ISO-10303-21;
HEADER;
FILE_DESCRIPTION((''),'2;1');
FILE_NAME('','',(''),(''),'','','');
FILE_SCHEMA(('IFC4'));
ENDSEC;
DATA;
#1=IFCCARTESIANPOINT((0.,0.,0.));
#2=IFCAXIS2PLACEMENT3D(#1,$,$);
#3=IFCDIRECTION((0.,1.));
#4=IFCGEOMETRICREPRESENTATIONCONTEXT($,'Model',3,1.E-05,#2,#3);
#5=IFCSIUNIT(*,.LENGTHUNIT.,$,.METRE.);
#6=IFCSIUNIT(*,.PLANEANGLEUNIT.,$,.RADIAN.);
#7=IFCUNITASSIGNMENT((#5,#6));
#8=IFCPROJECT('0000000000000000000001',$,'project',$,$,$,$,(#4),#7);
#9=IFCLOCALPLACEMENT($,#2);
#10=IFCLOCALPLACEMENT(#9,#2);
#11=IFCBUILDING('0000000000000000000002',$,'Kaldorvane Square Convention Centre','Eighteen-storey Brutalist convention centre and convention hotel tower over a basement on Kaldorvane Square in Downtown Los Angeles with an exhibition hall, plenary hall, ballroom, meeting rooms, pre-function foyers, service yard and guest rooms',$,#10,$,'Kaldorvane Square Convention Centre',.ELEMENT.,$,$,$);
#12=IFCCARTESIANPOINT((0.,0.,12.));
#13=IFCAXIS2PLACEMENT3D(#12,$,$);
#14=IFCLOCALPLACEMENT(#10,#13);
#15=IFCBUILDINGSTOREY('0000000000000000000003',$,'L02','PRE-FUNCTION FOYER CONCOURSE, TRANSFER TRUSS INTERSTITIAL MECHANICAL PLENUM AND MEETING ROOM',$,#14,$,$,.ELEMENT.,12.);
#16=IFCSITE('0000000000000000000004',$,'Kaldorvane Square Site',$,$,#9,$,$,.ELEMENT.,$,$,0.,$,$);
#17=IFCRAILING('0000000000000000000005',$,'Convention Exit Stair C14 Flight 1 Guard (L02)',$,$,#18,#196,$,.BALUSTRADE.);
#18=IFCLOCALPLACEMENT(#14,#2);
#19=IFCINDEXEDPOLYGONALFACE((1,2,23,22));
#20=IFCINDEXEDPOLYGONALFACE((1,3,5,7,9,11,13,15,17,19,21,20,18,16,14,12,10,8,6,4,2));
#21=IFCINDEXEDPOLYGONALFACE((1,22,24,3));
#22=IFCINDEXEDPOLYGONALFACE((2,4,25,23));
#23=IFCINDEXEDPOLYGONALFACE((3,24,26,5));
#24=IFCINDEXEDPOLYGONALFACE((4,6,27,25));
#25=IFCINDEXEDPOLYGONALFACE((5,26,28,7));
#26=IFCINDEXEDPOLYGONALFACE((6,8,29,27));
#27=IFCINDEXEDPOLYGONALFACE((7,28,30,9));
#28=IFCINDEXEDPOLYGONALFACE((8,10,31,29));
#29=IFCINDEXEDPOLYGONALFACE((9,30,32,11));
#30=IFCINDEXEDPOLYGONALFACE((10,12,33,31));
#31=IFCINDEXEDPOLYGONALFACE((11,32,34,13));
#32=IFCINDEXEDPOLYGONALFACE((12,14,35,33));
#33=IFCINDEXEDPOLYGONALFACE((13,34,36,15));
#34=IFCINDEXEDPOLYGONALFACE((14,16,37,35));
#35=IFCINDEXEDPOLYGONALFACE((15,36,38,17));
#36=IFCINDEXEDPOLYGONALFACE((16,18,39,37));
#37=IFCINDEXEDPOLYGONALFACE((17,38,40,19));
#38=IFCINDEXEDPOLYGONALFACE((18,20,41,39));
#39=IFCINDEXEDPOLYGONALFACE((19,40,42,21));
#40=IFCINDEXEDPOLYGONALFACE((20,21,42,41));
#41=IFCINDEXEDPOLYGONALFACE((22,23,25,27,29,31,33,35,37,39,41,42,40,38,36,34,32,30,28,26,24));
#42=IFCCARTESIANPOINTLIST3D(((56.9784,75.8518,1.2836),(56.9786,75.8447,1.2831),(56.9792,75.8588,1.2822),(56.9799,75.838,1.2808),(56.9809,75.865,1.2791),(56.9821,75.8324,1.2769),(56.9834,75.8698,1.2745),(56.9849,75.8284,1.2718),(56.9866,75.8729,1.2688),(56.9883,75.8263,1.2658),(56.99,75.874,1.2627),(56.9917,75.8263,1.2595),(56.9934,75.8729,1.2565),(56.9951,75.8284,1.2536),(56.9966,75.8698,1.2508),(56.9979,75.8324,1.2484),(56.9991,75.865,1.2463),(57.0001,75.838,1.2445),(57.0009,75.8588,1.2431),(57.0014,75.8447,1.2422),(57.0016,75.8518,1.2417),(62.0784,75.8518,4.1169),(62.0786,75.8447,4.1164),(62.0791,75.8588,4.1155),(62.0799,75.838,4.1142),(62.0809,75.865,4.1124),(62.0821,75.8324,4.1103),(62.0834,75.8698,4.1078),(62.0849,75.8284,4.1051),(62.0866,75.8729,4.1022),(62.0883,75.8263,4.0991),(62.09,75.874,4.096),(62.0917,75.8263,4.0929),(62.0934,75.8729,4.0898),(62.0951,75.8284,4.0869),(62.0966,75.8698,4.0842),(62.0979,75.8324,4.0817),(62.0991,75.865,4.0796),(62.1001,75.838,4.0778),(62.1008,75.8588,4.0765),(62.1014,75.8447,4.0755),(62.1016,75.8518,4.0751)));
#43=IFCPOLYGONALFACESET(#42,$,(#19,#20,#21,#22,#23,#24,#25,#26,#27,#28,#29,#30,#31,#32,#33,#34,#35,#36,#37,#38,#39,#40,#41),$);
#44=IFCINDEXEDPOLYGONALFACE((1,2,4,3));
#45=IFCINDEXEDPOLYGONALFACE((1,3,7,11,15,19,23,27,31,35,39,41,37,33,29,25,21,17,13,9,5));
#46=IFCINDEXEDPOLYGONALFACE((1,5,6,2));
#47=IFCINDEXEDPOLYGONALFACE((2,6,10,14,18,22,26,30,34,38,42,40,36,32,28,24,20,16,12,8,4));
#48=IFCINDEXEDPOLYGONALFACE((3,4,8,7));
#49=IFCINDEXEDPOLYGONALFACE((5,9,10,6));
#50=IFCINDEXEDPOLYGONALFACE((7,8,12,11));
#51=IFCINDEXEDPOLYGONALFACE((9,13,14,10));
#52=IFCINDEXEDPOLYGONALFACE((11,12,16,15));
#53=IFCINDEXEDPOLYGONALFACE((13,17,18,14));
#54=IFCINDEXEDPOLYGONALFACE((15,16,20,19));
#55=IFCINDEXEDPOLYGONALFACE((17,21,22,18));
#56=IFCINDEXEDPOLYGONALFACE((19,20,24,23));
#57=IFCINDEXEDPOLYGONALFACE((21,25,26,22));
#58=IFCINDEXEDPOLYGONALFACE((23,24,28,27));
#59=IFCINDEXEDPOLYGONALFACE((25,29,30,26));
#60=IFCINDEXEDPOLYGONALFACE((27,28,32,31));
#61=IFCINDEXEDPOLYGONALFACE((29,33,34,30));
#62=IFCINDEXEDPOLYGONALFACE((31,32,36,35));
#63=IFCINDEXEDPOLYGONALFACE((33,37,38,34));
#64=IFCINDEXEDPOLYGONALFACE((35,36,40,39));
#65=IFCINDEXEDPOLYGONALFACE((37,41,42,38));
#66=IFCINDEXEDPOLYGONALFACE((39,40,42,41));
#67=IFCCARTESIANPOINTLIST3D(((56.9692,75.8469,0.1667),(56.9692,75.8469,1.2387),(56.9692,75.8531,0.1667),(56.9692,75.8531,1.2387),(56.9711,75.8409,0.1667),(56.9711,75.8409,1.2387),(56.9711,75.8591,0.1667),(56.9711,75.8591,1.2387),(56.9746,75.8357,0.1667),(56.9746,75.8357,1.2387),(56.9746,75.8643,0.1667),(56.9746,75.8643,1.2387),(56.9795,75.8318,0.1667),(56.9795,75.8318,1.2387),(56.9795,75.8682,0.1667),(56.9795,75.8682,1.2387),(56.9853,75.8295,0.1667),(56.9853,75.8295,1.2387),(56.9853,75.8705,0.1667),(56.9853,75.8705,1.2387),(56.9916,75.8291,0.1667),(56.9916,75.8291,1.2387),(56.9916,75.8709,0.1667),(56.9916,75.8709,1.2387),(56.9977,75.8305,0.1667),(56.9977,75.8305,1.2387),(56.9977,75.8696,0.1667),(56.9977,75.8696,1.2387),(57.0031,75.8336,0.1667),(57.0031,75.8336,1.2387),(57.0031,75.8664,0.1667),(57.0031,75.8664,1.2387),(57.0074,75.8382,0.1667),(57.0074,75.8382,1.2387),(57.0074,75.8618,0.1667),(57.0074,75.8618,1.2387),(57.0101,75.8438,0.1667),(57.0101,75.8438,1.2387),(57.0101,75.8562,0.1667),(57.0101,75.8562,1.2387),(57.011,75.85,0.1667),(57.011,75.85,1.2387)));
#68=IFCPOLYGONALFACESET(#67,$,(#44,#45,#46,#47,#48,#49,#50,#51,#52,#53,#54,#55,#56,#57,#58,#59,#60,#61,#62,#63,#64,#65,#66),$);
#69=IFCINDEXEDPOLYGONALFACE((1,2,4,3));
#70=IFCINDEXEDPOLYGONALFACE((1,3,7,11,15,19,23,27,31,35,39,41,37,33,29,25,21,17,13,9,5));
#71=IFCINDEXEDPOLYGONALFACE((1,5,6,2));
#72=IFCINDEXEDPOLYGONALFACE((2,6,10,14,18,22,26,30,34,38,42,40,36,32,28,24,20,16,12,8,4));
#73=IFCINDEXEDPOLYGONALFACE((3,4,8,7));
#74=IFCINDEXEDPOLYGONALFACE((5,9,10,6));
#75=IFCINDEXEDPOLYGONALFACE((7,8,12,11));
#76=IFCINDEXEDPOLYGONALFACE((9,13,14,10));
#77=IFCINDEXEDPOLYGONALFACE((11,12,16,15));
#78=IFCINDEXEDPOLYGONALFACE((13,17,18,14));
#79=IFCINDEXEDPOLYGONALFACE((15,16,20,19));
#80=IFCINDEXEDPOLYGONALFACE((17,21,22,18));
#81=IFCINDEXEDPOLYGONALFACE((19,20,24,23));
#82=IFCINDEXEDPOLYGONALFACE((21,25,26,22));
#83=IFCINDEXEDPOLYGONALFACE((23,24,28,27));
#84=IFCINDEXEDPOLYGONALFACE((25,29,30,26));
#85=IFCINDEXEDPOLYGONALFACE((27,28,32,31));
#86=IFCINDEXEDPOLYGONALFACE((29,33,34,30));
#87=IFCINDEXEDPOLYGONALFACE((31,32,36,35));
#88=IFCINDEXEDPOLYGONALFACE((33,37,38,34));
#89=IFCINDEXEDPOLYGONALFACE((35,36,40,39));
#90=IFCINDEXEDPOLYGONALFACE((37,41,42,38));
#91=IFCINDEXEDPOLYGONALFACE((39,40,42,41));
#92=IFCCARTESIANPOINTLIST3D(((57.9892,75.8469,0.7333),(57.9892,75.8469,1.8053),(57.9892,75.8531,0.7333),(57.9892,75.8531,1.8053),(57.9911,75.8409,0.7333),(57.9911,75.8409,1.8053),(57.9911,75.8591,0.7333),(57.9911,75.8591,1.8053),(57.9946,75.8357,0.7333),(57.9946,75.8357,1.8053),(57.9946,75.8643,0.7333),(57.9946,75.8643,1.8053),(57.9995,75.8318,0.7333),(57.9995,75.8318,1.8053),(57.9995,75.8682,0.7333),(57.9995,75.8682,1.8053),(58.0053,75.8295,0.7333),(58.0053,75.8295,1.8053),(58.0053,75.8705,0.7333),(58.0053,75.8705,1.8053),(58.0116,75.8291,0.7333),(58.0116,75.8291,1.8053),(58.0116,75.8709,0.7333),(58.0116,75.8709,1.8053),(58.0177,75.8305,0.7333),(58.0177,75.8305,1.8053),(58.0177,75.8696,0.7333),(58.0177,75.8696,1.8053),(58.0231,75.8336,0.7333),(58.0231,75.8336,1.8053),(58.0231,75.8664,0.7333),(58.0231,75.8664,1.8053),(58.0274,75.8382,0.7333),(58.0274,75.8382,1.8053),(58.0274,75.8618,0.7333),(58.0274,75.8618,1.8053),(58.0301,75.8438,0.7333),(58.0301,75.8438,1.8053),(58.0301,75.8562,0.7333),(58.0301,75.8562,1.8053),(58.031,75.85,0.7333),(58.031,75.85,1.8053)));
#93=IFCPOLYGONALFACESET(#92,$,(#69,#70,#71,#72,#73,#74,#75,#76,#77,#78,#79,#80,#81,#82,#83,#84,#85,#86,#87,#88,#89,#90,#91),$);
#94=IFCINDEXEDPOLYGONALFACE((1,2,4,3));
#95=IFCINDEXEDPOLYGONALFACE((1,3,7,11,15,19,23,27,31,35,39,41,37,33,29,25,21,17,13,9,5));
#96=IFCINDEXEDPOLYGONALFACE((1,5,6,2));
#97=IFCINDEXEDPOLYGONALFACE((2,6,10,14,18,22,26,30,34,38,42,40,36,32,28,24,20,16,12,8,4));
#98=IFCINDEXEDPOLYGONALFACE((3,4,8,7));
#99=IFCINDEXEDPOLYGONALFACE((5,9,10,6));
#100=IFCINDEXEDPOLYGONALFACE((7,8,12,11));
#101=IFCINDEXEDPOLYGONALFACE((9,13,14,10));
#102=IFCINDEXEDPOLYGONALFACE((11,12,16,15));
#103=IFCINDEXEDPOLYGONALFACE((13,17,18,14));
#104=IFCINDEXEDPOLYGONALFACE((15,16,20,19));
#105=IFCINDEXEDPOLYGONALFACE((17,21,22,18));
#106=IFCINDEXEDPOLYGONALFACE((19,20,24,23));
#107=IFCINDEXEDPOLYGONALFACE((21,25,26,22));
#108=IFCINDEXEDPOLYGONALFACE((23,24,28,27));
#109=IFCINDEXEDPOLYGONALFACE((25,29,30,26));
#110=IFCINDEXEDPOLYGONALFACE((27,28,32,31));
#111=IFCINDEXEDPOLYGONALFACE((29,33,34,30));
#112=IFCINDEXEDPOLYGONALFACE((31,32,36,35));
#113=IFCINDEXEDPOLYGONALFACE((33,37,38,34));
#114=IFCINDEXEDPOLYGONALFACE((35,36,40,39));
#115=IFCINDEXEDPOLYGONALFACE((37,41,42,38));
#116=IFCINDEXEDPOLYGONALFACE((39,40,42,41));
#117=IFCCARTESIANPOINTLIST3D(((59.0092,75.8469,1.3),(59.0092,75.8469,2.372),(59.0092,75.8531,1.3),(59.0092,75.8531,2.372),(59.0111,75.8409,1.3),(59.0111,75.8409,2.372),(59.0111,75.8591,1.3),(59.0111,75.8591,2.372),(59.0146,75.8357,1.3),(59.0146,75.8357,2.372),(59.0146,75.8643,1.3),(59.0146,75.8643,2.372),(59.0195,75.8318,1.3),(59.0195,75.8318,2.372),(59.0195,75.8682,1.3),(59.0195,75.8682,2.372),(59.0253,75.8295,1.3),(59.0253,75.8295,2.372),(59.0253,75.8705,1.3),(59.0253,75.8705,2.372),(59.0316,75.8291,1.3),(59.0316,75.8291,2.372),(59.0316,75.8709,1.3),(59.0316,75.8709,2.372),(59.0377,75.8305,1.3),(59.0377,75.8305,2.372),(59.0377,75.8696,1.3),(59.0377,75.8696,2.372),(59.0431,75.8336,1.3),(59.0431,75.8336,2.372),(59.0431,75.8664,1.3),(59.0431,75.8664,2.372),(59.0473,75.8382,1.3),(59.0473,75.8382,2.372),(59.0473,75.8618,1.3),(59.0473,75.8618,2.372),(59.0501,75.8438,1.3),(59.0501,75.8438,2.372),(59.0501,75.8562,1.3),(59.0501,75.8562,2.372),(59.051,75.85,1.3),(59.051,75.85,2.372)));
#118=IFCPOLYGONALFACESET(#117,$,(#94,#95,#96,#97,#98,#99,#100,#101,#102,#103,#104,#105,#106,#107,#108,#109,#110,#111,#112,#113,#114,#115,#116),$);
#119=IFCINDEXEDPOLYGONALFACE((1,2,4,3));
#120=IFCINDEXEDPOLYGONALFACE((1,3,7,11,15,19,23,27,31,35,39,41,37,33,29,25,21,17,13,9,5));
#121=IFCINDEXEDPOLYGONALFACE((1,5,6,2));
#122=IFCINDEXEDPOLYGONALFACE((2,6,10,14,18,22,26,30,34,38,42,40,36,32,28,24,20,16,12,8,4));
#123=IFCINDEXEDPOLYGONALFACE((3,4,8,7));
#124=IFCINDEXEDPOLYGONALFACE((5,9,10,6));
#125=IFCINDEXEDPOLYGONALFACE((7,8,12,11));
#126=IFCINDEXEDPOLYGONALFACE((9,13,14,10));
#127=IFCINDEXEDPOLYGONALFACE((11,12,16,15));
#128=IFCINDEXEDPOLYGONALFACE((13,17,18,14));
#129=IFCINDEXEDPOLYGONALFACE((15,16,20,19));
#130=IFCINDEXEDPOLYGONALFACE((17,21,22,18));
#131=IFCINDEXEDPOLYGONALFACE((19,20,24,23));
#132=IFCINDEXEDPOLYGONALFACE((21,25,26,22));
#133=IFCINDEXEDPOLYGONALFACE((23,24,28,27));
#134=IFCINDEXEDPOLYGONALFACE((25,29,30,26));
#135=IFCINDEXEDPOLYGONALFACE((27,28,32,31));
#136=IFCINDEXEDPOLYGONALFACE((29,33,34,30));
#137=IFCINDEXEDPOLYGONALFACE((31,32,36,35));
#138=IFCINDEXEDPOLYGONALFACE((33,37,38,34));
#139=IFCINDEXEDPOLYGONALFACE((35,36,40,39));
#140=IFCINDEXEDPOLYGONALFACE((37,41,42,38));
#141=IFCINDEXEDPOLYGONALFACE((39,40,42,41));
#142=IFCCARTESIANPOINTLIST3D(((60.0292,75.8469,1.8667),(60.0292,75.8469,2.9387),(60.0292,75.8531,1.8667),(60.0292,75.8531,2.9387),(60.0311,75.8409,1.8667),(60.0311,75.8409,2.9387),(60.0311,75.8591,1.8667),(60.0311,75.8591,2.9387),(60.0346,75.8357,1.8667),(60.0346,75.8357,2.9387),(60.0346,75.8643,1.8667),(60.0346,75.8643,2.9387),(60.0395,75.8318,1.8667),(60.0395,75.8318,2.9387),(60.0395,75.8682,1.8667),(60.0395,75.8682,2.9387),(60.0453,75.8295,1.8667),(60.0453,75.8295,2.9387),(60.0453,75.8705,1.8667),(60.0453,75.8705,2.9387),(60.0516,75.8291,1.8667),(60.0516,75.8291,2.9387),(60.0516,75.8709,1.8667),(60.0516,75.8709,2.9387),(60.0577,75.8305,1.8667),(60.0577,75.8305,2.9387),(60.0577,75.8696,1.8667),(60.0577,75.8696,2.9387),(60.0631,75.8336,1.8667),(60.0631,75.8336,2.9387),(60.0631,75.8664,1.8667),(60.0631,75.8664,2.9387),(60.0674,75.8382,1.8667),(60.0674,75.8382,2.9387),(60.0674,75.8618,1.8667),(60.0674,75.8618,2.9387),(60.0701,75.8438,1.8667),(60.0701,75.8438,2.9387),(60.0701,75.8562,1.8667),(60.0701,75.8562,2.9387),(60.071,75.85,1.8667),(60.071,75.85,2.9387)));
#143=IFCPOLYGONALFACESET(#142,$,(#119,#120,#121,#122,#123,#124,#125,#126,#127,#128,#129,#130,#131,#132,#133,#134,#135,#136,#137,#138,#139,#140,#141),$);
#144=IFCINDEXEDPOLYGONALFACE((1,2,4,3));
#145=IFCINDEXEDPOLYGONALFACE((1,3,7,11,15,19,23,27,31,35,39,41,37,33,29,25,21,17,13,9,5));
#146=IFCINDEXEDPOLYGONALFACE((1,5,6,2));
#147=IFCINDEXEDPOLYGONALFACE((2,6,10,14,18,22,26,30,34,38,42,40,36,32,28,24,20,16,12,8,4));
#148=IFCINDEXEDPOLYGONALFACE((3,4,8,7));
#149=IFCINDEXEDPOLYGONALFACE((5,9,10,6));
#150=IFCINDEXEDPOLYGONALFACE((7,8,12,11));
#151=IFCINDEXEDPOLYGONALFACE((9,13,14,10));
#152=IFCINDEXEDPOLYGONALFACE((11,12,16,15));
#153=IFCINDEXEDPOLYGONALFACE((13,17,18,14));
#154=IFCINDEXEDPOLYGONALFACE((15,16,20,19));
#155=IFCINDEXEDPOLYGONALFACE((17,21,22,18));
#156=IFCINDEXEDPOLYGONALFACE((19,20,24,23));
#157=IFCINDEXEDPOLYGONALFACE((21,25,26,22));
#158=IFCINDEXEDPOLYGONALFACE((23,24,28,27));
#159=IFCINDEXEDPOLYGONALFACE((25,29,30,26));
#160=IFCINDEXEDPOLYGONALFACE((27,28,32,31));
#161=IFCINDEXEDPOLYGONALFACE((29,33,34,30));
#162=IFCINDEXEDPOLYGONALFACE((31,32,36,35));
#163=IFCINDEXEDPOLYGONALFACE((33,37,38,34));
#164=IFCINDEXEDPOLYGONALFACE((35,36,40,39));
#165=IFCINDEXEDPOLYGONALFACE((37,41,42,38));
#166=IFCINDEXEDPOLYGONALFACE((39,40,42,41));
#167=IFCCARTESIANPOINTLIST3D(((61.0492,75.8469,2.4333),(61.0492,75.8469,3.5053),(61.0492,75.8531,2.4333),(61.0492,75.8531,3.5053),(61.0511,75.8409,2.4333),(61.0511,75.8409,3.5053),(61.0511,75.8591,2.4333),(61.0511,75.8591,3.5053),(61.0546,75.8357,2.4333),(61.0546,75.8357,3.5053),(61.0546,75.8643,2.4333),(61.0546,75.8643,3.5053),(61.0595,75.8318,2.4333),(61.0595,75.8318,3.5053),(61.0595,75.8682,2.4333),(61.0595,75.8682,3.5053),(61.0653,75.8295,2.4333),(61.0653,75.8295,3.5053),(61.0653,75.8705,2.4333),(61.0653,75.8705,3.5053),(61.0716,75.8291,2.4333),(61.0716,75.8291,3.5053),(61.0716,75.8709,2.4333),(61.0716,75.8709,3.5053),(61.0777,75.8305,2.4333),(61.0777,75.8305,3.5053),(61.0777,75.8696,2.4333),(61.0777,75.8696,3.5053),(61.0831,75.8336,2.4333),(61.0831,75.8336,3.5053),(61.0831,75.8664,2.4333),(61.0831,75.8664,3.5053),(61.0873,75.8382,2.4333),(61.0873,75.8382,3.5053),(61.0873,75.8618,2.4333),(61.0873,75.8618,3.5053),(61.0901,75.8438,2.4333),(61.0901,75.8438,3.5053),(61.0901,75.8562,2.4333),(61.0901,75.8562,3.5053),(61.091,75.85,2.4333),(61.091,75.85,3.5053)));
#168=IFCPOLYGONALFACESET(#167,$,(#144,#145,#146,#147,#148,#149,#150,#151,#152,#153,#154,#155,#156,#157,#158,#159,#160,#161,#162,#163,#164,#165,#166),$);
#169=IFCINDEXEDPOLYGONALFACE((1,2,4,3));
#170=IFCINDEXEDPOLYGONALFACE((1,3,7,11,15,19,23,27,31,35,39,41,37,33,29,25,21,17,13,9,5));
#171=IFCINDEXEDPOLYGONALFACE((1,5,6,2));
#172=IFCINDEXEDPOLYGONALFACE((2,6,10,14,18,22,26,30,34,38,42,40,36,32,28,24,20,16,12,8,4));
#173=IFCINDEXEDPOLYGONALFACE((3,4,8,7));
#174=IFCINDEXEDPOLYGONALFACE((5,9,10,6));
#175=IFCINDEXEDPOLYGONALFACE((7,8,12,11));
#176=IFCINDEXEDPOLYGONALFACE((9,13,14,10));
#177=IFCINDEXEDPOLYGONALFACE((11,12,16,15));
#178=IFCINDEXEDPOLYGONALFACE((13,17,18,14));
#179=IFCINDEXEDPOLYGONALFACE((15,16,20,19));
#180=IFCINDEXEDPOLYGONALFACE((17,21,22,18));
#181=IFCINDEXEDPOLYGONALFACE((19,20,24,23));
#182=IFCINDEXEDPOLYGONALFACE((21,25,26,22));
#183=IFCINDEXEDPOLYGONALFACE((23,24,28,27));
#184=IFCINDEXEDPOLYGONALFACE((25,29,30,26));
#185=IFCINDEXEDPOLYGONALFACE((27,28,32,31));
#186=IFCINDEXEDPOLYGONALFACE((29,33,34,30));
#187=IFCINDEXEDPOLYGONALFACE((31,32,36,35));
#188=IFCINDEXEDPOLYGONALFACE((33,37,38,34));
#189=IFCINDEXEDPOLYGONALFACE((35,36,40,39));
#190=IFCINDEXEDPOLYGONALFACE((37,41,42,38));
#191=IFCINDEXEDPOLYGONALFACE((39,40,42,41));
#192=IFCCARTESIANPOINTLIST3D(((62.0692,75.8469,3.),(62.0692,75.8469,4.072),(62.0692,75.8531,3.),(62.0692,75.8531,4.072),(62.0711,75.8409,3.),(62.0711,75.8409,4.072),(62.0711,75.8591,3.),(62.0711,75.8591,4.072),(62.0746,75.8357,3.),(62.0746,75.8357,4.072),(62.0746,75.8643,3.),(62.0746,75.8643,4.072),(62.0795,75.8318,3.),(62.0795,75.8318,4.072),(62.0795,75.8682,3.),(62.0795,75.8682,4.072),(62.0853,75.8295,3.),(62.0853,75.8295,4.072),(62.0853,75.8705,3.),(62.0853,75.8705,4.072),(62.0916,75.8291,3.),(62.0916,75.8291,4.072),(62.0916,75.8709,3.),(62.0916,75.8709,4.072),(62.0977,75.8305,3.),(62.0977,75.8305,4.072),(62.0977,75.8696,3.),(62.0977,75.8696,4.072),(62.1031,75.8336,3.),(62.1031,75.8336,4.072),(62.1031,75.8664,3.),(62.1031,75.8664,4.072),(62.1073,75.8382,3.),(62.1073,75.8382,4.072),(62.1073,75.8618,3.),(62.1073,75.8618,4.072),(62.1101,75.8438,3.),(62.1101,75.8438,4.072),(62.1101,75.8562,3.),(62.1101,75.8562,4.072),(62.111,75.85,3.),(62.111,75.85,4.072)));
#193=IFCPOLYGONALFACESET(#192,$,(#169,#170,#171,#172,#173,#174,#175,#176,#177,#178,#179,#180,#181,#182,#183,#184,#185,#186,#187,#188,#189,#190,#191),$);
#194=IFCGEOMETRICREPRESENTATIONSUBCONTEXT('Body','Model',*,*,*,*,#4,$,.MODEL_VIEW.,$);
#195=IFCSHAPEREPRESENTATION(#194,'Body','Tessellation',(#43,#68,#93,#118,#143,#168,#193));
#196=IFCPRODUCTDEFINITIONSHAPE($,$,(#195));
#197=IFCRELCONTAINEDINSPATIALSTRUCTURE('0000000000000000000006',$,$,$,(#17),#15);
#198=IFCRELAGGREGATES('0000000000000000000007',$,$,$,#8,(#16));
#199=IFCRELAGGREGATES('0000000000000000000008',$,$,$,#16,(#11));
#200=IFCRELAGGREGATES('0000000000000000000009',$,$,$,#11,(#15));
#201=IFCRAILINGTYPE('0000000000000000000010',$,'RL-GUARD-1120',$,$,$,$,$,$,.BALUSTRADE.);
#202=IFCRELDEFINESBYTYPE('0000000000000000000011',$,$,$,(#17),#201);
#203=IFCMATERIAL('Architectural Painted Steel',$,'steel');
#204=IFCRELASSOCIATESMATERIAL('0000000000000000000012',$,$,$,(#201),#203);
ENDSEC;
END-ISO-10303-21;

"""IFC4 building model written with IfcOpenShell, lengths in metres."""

from ifc_helpers import new_model, si_unit, direction, frame, origin, origin_2d, place, context, subcontext, project, spatial, circle, extrude, material, type_object, element, save


model = new_model("IFC4")

# Units and contexts
model_context = context("Model", 3, precision=1e-05, world=origin(), true_north=direction((0.0, 1.0)))
body_context = subcontext(model_context, "Body", "Model", "MODEL_VIEW")
ifc_project = project(units=[si_unit("LENGTHUNIT", "METRE"), si_unit("PLANEANGLEUNIT", "RADIAN")], contexts=[model_context])

# Site, building, storey
site_placement = place(None, origin())
site = spatial("IfcSite", under=ifc_project, at=site_placement, Name="Kaldorvane Square Site", CompositionType="ELEMENT", RefElevation=0.0)
building_placement = place(site_placement, origin())
building = spatial("IfcBuilding", under=site, at=building_placement, Name="Kaldorvane Square Convention Centre", Description="Eighteen-storey Brutalist convention centre and convention hotel tower over a basement on Kaldorvane Square in Downtown Los Angeles with an exhibition hall, plenary hall, ballroom, meeting rooms, pre-function foyers, service yard and guest rooms", LongName="Kaldorvane Square Convention Centre", CompositionType="ELEMENT")
storey_placement = place(building_placement, frame((0.0, 0.0, 12.0)))
storey = spatial("IfcBuildingStorey", under=building, at=storey_placement, Name="L02", Description="PRE-FUNCTION FOYER CONCOURSE, TRANSFER TRUSS INTERSTITIAL MECHANICAL PLENUM AND MEETING ROOM", CompositionType="ELEMENT", Elevation=12.0)

# Railing
ifc_material_1 = material(Name="Architectural Painted Steel", Category="steel")
railing_type_1 = type_object("IfcRailingType", Name="RL-GUARD-1120", PredefinedType="BALUSTRADE", material=ifc_material_1)
railing_1_placement = place(storey_placement, frame((56.99, 75.85, 0.1667)))
element("IfcRailing", 1, at=railing_1_placement, inside=storey, type_object=railing_type_1, Name="Convention Exit Stair C14 Flight 1 Guard (L02)", PredefinedType="BALUSTRADE", context=body_context, shape_type="SweptSolid", body=[
    extrude(circle(Radius=0.024, at=origin_2d()), frame((0.0, 0.0, 1.096), z_axis=(0.874157, 0.0, 0.485643), x_axis=(0.0, 1.0, 0.0)), (0.0, 0.0, 1.0), 5.8342),
    extrude(circle(Radius=0.021, at=origin_2d()), origin(), (0.0, 0.0, 1.0), 1.072),
    extrude(circle(Radius=0.021, at=origin_2d()), frame((1.02, 0.0, 0.5667)), (0.0, 0.0, 1.0), 1.072),
    extrude(circle(Radius=0.021, at=origin_2d()), frame((2.04, 0.0, 1.1333)), (0.0, 0.0, 1.0), 1.072),
    extrude(circle(Radius=0.021, at=origin_2d()), frame((3.06, 0.0, 1.7)), (0.0, 0.0, 1.0), 1.072),
    extrude(circle(Radius=0.021, at=origin_2d()), frame((4.08, 0.0, 2.2667)), (0.0, 0.0, 1.0), 1.072),
    extrude(circle(Radius=0.021, at=origin_2d()), frame((5.1, 0.0, 2.8333)), (0.0, 0.0, 1.0), 1.072),
])

save(model, "model.ifc")
